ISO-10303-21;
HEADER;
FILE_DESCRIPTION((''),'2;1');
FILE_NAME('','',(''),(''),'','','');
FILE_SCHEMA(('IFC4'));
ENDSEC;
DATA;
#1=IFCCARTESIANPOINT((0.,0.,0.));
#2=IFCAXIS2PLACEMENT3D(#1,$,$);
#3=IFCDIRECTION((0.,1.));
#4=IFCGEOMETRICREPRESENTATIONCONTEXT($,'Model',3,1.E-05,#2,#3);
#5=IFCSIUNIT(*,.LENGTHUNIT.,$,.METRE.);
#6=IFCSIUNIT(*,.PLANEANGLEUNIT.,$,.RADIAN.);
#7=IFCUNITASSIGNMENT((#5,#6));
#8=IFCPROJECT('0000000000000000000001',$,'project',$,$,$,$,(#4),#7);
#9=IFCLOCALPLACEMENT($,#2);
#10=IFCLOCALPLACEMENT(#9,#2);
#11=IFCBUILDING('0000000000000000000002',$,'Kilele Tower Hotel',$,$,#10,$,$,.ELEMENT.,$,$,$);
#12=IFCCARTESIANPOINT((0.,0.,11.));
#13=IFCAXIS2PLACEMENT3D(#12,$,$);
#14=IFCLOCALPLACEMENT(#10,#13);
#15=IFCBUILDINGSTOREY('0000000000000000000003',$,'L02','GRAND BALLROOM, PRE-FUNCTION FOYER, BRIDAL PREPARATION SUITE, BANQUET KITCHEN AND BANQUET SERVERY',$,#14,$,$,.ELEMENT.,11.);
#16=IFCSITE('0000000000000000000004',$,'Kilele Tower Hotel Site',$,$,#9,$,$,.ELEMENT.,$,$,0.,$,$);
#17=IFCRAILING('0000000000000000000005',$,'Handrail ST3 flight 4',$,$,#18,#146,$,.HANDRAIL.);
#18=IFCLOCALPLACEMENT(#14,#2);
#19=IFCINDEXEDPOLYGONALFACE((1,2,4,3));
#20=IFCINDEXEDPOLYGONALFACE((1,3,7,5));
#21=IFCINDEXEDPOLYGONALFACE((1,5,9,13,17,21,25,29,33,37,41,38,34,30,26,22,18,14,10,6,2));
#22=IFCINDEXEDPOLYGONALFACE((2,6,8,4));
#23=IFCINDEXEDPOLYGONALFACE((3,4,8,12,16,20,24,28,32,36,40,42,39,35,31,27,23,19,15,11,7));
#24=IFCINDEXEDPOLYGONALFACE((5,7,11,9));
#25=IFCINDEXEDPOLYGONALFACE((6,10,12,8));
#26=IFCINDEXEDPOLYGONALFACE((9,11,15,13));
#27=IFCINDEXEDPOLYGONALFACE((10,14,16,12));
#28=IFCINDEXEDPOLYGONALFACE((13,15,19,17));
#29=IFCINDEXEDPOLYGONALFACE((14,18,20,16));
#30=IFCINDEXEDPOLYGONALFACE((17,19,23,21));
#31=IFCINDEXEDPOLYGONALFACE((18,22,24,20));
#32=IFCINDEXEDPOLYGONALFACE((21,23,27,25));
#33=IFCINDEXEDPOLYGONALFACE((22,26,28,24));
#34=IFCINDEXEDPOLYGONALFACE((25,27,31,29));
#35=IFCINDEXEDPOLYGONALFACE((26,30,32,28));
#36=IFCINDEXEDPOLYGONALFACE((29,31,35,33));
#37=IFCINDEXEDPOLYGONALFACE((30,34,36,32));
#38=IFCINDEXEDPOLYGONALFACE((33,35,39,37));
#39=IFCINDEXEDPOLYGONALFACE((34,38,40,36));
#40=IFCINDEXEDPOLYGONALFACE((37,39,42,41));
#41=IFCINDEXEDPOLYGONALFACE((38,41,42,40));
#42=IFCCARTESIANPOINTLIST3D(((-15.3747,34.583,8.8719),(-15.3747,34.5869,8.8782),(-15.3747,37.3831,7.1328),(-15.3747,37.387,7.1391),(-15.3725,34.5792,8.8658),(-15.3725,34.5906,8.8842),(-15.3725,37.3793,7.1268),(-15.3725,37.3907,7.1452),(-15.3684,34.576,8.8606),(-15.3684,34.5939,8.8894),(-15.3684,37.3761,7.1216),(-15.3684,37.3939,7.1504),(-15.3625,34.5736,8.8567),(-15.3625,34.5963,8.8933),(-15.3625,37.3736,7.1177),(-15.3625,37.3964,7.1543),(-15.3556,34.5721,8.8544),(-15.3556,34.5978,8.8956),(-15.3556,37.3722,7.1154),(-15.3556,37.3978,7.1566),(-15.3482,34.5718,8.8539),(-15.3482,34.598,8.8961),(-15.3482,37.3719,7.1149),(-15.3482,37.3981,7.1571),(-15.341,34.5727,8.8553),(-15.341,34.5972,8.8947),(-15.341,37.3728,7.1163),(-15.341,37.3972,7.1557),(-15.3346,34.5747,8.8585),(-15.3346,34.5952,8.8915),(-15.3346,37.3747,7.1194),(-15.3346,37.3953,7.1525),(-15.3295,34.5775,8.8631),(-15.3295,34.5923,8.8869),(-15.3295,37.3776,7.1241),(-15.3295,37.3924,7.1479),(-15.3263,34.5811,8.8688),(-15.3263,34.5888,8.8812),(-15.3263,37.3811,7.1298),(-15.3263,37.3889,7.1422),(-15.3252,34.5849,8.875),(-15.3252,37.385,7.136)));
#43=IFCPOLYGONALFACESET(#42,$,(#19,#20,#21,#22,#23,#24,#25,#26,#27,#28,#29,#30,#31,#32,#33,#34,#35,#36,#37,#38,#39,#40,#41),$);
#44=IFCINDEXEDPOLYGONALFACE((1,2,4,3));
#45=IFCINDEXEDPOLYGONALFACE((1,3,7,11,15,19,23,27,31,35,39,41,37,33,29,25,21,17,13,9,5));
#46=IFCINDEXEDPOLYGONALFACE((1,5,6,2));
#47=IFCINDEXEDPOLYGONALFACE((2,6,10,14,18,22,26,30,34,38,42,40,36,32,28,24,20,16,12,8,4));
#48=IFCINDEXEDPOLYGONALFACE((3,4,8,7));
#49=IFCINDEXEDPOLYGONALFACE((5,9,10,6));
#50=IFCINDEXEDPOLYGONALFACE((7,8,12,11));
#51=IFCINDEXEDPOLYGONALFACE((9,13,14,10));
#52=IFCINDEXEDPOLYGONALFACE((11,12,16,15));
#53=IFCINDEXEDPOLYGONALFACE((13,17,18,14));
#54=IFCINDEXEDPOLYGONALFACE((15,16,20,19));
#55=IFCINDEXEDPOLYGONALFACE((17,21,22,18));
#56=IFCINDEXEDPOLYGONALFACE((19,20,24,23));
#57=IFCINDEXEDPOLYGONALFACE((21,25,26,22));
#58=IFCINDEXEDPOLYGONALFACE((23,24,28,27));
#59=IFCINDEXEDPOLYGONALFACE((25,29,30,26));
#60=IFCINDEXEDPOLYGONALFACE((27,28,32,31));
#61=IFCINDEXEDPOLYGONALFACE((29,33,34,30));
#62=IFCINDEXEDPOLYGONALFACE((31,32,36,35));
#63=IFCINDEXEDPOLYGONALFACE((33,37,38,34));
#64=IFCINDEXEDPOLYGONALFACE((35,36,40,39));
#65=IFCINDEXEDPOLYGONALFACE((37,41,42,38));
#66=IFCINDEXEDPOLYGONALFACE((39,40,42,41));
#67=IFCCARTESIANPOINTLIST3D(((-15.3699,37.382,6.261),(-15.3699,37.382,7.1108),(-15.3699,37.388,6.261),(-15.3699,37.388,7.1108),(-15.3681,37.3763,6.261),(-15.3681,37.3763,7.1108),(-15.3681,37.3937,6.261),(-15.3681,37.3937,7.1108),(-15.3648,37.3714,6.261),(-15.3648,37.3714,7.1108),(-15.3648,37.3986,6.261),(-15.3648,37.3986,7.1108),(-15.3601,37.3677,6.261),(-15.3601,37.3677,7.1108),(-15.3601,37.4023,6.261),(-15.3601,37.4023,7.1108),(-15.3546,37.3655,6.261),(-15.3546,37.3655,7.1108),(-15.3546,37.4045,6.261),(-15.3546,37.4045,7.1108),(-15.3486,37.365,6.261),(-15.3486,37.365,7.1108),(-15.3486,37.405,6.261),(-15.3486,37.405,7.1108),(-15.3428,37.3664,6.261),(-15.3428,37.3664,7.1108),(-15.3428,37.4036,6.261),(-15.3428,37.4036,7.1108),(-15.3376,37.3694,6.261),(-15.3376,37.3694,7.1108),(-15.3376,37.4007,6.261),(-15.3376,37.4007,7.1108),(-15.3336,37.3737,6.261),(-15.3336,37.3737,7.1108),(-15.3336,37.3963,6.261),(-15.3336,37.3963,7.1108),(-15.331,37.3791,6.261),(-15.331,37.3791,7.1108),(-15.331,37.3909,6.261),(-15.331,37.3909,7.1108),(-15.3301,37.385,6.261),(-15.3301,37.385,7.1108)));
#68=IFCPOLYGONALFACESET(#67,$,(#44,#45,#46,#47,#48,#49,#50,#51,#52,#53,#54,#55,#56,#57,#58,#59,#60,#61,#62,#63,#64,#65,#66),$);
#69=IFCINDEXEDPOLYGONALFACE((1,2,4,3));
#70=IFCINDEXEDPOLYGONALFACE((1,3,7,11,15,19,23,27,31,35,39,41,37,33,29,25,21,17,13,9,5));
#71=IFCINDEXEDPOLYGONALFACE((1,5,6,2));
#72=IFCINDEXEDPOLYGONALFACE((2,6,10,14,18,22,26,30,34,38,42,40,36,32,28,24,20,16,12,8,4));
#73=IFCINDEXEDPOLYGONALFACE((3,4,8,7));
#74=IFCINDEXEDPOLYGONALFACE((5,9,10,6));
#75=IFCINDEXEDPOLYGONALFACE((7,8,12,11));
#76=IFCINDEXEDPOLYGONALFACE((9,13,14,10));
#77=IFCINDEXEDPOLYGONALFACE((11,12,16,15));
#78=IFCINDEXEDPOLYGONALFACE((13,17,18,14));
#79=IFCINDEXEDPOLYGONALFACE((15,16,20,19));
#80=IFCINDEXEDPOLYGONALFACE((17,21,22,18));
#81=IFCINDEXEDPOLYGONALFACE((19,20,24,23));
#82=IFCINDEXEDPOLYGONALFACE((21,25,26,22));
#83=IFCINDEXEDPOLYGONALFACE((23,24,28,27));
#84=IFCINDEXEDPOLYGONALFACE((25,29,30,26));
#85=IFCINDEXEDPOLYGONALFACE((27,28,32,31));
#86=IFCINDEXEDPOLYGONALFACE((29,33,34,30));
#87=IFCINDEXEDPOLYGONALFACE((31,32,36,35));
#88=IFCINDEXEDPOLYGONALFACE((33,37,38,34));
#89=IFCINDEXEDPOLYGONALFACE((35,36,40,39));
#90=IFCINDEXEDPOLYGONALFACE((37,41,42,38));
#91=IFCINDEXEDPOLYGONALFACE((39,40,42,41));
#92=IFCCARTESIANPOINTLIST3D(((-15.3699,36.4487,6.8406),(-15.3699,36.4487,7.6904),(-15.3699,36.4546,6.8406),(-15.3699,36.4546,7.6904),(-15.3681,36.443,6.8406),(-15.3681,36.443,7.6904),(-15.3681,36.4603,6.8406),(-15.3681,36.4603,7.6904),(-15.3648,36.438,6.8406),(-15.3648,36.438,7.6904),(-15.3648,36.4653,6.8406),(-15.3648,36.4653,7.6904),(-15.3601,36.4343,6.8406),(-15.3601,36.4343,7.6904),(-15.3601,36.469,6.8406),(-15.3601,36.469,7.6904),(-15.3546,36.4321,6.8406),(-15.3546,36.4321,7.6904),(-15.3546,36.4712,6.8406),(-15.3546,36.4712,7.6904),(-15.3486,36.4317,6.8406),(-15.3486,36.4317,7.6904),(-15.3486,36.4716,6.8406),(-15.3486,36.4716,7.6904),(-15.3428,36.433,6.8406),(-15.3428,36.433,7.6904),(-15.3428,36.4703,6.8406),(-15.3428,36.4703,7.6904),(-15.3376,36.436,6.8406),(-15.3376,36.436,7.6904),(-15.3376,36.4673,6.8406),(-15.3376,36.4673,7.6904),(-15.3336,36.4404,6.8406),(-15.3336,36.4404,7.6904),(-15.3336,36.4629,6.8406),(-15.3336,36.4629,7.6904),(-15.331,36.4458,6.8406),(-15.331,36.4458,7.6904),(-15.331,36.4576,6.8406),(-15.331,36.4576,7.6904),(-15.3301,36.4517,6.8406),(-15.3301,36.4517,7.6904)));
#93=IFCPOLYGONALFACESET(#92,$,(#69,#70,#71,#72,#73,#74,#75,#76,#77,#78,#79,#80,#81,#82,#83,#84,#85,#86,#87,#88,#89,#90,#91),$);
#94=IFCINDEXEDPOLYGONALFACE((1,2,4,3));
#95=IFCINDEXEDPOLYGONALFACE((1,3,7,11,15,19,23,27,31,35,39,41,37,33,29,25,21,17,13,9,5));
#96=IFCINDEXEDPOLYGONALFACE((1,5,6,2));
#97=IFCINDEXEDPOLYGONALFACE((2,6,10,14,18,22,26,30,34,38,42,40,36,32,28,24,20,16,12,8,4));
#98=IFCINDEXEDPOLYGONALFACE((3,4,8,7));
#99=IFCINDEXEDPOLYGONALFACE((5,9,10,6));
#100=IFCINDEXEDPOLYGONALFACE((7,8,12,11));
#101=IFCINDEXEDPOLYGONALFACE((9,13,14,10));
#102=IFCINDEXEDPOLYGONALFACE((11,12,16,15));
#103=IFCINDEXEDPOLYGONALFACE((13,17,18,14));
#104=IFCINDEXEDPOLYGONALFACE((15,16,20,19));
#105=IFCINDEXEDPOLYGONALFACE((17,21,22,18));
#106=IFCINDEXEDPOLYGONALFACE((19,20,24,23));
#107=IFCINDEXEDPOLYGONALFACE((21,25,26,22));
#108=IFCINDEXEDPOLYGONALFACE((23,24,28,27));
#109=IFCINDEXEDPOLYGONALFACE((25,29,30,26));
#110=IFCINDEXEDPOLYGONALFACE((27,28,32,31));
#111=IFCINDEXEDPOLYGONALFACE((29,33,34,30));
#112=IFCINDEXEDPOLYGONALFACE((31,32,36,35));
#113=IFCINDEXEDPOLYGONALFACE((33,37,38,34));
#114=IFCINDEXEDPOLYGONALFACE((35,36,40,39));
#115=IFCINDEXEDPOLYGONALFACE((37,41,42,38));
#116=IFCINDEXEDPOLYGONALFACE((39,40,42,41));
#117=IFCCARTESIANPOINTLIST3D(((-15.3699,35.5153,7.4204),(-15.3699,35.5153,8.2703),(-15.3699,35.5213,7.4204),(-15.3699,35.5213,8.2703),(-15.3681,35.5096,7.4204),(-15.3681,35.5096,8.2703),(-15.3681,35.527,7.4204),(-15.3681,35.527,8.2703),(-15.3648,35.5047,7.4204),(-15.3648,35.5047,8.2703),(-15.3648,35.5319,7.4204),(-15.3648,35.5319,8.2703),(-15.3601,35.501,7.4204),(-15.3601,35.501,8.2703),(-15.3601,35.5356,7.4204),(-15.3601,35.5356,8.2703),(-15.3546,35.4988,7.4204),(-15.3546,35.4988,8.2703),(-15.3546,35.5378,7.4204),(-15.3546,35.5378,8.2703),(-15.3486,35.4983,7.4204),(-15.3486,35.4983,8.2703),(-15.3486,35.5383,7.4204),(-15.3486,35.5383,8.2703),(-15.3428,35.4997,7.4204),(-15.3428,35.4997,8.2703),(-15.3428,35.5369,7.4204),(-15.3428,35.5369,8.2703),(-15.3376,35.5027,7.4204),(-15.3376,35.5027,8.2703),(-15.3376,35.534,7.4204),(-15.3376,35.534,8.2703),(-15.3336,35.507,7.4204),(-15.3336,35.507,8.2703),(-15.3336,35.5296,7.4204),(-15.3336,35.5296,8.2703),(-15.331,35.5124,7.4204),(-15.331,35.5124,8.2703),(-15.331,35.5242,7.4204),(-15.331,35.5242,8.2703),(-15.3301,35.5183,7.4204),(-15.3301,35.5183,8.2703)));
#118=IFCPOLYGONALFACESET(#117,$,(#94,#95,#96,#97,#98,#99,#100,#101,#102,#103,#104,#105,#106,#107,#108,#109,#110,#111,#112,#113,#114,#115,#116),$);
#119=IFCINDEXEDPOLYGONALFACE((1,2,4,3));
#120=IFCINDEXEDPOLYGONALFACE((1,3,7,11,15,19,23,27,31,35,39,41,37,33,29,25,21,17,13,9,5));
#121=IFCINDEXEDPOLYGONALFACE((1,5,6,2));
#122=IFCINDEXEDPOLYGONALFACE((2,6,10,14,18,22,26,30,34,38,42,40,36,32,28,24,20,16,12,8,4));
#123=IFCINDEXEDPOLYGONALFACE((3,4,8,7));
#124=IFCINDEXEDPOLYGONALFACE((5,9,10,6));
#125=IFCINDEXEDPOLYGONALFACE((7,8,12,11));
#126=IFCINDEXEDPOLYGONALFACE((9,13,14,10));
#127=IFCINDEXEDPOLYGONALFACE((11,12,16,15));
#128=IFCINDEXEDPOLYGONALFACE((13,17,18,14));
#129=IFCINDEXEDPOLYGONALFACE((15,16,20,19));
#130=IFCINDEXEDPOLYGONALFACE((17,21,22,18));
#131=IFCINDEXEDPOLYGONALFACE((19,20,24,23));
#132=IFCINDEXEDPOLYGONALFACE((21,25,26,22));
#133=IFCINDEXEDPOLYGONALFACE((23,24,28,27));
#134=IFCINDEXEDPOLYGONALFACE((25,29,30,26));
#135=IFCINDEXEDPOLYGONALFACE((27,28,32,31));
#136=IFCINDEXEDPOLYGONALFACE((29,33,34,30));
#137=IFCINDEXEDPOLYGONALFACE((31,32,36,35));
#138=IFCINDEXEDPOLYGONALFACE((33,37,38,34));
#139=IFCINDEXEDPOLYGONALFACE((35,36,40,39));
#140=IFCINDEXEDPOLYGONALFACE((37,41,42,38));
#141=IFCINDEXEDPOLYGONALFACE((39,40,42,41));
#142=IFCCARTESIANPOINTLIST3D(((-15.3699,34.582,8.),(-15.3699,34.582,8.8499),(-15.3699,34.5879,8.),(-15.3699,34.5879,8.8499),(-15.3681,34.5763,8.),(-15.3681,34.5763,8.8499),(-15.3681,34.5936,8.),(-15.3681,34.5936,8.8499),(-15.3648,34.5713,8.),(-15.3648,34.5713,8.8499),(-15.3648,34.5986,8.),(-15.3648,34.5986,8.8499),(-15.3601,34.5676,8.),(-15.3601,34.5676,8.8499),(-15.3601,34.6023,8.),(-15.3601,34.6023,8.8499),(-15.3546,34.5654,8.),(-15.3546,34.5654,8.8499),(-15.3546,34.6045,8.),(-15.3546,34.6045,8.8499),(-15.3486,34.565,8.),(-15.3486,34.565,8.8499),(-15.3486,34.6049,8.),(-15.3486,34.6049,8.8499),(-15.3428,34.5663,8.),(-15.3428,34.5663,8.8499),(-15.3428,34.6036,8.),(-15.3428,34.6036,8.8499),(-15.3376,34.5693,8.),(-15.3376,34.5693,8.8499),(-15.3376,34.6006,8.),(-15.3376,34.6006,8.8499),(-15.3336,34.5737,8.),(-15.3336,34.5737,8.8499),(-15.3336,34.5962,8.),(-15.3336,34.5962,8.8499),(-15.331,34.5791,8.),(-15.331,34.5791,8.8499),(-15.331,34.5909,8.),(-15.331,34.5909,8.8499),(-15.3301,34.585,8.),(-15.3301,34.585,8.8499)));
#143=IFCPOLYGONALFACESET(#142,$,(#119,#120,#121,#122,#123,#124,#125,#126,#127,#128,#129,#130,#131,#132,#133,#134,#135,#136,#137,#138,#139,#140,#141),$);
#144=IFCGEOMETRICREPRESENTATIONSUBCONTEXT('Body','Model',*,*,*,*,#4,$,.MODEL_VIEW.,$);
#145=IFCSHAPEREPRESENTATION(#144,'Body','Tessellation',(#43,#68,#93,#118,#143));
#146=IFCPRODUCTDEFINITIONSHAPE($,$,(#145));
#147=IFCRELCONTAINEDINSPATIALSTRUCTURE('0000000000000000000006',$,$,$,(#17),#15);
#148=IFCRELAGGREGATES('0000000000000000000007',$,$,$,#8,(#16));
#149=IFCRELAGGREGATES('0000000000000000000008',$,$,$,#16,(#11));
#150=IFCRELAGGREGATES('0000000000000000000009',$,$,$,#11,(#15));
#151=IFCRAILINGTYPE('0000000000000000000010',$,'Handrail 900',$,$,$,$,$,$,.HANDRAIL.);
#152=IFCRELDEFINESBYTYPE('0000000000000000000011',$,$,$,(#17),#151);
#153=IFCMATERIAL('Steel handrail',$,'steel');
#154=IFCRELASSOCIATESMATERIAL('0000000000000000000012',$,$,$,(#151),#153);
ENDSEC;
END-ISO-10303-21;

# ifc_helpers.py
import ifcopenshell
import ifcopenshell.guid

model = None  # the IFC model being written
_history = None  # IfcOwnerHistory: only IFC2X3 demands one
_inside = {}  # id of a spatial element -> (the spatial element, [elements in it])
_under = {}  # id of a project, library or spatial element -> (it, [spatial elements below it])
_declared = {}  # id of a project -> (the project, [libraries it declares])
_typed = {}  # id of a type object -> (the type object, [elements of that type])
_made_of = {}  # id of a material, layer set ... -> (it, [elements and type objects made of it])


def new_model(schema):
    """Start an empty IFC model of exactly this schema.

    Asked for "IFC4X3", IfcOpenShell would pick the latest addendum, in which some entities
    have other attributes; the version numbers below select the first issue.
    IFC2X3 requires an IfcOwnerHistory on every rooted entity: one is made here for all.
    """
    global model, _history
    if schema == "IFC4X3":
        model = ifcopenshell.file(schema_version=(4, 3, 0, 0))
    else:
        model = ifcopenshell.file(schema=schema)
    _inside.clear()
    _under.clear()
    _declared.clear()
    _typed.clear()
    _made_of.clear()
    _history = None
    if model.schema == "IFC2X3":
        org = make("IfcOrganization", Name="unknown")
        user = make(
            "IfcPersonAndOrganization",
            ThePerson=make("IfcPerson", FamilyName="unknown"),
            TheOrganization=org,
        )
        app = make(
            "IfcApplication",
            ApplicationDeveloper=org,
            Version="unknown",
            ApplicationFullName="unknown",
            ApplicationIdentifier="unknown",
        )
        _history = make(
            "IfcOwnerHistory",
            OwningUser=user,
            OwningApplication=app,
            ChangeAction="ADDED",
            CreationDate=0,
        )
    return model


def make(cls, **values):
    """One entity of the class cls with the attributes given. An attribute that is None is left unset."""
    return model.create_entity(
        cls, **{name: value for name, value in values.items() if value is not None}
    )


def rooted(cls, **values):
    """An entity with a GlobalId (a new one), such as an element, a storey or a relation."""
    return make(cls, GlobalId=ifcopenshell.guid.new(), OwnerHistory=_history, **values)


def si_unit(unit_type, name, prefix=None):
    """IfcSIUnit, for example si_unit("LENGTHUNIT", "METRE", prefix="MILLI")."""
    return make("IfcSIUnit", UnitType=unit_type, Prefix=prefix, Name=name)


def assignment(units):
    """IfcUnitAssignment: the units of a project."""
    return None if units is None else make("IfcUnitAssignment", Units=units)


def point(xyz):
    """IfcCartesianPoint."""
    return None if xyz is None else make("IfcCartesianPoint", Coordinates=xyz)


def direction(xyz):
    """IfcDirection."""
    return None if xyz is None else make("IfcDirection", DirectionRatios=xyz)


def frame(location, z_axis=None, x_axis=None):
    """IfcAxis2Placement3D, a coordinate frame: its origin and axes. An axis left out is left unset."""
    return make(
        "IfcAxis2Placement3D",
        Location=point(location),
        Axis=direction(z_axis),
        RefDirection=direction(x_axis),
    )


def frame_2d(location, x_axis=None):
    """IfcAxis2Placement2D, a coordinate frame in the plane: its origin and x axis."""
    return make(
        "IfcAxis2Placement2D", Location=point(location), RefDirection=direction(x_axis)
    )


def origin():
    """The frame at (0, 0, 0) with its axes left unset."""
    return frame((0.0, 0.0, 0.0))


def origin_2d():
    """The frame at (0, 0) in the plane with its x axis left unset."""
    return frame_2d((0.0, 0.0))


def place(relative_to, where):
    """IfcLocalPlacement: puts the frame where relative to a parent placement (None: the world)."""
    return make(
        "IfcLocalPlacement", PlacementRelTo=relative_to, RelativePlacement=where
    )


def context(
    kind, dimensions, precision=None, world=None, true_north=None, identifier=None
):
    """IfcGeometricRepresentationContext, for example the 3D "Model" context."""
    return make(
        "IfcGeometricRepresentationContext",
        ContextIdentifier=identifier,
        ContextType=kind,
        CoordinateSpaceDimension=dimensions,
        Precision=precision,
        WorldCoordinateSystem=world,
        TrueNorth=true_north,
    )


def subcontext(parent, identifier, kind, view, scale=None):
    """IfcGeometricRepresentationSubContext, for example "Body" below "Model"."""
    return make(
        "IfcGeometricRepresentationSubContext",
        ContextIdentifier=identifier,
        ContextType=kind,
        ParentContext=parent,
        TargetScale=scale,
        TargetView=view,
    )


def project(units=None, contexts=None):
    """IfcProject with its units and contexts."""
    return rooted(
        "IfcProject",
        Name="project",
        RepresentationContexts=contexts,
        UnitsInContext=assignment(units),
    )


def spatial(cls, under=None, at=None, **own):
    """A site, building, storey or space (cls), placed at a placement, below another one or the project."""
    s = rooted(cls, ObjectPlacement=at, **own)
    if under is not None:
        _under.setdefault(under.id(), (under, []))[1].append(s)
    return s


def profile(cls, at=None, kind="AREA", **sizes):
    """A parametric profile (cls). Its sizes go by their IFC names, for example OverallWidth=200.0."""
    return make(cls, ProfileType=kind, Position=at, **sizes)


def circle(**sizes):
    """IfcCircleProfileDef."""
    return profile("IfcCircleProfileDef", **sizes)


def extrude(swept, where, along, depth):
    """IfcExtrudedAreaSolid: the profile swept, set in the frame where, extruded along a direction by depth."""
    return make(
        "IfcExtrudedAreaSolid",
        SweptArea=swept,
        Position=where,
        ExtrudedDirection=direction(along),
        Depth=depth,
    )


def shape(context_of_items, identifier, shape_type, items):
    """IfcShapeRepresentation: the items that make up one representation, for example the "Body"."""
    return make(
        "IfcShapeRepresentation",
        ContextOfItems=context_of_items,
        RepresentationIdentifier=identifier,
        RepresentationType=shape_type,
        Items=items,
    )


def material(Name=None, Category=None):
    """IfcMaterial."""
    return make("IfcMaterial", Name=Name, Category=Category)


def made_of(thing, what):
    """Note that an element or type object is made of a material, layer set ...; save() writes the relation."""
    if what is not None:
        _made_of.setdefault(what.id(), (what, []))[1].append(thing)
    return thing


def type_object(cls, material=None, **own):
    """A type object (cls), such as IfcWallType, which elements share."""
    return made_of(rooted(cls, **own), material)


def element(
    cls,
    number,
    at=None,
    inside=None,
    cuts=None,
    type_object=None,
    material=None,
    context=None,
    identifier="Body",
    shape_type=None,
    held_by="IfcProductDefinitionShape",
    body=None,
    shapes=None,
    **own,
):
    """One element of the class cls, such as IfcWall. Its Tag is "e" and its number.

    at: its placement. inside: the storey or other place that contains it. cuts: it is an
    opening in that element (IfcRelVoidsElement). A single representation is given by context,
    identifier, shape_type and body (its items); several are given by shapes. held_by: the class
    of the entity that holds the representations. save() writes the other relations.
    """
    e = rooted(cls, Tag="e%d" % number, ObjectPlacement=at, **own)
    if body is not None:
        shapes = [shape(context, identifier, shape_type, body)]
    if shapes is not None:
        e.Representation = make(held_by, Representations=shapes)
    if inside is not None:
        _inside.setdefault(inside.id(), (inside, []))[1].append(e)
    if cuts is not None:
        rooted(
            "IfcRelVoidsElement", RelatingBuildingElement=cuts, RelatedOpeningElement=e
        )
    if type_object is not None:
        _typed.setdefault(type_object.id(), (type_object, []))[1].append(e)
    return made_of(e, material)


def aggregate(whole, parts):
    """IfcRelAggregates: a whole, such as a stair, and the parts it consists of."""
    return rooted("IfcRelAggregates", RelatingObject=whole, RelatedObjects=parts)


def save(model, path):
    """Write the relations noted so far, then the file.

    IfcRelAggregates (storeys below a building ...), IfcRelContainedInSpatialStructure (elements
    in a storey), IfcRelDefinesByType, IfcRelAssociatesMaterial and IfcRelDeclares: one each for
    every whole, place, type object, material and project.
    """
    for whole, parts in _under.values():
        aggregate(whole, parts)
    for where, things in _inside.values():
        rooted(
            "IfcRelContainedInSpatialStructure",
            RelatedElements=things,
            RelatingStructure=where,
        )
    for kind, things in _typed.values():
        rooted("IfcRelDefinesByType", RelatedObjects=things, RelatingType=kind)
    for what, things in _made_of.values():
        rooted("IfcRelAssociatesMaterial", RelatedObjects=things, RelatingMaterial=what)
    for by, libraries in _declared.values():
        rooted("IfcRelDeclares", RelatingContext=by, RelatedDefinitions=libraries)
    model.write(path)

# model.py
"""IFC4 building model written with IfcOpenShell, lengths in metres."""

from ifc_helpers import new_model, si_unit, direction, frame, origin, origin_2d, place, context, subcontext, project, spatial, circle, extrude, material, type_object, element, save


model = new_model("IFC4")

# Units and contexts
model_context = context("Model", 3, precision=1e-05, world=origin(), true_north=direction((0.0, 1.0)))
body_context = subcontext(model_context, "Body", "Model", "MODEL_VIEW")
ifc_project = project(units=[si_unit("LENGTHUNIT", "METRE"), si_unit("PLANEANGLEUNIT", "RADIAN")], contexts=[model_context])

# Site, building, storey
site_placement = place(None, origin())
site = spatial("IfcSite", under=ifc_project, at=site_placement, Name="Kilele Tower Hotel Site", CompositionType="ELEMENT", RefElevation=0.0)
building_placement = place(site_placement, origin())
building = spatial("IfcBuilding", under=site, at=building_placement, Name="Kilele Tower Hotel", CompositionType="ELEMENT")
storey_placement = place(building_placement, frame((0.0, 0.0, 11.0)))
storey = spatial("IfcBuildingStorey", under=building, at=storey_placement, Name="L02", Description="GRAND BALLROOM, PRE-FUNCTION FOYER, BRIDAL PREPARATION SUITE, BANQUET KITCHEN AND BANQUET SERVERY", CompositionType="ELEMENT", Elevation=11.0)

# Railing
ifc_material_1 = material(Name="Steel handrail", Category="steel")
railing_type_1 = type_object("IfcRailingType", Name="Handrail 900", PredefinedType="HANDRAIL", material=ifc_material_1)
railing_1_placement = place(storey_placement, frame((-15.3501, 37.385, 6.261)))
element("IfcRailing", 1, at=railing_1_placement, inside=storey, type_object=railing_type_1, Name="Handrail ST3 flight 4", PredefinedType="HANDRAIL", context=body_context, shape_type="SweptSolid", body=[
    extrude(circle(Radius=0.0249, at=origin_2d()), frame((0.0, 0.0, 0.875), z_axis=(0.0, -0.849497, 0.527593), x_axis=(1.0, 0.0, 0.0)), (0.0, 0.0, 1.0), 3.2961),
    extrude(circle(Radius=0.02, at=origin_2d()), origin(), (0.0, 0.0, 1.0), 0.8499),
    extrude(circle(Radius=0.02, at=origin_2d()), frame((0.0, -0.9333, 0.5796)), (0.0, 0.0, 1.0), 0.8499),
    extrude(circle(Radius=0.02, at=origin_2d()), frame((0.0, -1.8667, 1.1594)), (0.0, 0.0, 1.0), 0.8499),
    extrude(circle(Radius=0.02, at=origin_2d()), frame((0.0, -2.8, 1.739)), (0.0, 0.0, 1.0), 0.8499),
])

save(model, "model.ifc")
